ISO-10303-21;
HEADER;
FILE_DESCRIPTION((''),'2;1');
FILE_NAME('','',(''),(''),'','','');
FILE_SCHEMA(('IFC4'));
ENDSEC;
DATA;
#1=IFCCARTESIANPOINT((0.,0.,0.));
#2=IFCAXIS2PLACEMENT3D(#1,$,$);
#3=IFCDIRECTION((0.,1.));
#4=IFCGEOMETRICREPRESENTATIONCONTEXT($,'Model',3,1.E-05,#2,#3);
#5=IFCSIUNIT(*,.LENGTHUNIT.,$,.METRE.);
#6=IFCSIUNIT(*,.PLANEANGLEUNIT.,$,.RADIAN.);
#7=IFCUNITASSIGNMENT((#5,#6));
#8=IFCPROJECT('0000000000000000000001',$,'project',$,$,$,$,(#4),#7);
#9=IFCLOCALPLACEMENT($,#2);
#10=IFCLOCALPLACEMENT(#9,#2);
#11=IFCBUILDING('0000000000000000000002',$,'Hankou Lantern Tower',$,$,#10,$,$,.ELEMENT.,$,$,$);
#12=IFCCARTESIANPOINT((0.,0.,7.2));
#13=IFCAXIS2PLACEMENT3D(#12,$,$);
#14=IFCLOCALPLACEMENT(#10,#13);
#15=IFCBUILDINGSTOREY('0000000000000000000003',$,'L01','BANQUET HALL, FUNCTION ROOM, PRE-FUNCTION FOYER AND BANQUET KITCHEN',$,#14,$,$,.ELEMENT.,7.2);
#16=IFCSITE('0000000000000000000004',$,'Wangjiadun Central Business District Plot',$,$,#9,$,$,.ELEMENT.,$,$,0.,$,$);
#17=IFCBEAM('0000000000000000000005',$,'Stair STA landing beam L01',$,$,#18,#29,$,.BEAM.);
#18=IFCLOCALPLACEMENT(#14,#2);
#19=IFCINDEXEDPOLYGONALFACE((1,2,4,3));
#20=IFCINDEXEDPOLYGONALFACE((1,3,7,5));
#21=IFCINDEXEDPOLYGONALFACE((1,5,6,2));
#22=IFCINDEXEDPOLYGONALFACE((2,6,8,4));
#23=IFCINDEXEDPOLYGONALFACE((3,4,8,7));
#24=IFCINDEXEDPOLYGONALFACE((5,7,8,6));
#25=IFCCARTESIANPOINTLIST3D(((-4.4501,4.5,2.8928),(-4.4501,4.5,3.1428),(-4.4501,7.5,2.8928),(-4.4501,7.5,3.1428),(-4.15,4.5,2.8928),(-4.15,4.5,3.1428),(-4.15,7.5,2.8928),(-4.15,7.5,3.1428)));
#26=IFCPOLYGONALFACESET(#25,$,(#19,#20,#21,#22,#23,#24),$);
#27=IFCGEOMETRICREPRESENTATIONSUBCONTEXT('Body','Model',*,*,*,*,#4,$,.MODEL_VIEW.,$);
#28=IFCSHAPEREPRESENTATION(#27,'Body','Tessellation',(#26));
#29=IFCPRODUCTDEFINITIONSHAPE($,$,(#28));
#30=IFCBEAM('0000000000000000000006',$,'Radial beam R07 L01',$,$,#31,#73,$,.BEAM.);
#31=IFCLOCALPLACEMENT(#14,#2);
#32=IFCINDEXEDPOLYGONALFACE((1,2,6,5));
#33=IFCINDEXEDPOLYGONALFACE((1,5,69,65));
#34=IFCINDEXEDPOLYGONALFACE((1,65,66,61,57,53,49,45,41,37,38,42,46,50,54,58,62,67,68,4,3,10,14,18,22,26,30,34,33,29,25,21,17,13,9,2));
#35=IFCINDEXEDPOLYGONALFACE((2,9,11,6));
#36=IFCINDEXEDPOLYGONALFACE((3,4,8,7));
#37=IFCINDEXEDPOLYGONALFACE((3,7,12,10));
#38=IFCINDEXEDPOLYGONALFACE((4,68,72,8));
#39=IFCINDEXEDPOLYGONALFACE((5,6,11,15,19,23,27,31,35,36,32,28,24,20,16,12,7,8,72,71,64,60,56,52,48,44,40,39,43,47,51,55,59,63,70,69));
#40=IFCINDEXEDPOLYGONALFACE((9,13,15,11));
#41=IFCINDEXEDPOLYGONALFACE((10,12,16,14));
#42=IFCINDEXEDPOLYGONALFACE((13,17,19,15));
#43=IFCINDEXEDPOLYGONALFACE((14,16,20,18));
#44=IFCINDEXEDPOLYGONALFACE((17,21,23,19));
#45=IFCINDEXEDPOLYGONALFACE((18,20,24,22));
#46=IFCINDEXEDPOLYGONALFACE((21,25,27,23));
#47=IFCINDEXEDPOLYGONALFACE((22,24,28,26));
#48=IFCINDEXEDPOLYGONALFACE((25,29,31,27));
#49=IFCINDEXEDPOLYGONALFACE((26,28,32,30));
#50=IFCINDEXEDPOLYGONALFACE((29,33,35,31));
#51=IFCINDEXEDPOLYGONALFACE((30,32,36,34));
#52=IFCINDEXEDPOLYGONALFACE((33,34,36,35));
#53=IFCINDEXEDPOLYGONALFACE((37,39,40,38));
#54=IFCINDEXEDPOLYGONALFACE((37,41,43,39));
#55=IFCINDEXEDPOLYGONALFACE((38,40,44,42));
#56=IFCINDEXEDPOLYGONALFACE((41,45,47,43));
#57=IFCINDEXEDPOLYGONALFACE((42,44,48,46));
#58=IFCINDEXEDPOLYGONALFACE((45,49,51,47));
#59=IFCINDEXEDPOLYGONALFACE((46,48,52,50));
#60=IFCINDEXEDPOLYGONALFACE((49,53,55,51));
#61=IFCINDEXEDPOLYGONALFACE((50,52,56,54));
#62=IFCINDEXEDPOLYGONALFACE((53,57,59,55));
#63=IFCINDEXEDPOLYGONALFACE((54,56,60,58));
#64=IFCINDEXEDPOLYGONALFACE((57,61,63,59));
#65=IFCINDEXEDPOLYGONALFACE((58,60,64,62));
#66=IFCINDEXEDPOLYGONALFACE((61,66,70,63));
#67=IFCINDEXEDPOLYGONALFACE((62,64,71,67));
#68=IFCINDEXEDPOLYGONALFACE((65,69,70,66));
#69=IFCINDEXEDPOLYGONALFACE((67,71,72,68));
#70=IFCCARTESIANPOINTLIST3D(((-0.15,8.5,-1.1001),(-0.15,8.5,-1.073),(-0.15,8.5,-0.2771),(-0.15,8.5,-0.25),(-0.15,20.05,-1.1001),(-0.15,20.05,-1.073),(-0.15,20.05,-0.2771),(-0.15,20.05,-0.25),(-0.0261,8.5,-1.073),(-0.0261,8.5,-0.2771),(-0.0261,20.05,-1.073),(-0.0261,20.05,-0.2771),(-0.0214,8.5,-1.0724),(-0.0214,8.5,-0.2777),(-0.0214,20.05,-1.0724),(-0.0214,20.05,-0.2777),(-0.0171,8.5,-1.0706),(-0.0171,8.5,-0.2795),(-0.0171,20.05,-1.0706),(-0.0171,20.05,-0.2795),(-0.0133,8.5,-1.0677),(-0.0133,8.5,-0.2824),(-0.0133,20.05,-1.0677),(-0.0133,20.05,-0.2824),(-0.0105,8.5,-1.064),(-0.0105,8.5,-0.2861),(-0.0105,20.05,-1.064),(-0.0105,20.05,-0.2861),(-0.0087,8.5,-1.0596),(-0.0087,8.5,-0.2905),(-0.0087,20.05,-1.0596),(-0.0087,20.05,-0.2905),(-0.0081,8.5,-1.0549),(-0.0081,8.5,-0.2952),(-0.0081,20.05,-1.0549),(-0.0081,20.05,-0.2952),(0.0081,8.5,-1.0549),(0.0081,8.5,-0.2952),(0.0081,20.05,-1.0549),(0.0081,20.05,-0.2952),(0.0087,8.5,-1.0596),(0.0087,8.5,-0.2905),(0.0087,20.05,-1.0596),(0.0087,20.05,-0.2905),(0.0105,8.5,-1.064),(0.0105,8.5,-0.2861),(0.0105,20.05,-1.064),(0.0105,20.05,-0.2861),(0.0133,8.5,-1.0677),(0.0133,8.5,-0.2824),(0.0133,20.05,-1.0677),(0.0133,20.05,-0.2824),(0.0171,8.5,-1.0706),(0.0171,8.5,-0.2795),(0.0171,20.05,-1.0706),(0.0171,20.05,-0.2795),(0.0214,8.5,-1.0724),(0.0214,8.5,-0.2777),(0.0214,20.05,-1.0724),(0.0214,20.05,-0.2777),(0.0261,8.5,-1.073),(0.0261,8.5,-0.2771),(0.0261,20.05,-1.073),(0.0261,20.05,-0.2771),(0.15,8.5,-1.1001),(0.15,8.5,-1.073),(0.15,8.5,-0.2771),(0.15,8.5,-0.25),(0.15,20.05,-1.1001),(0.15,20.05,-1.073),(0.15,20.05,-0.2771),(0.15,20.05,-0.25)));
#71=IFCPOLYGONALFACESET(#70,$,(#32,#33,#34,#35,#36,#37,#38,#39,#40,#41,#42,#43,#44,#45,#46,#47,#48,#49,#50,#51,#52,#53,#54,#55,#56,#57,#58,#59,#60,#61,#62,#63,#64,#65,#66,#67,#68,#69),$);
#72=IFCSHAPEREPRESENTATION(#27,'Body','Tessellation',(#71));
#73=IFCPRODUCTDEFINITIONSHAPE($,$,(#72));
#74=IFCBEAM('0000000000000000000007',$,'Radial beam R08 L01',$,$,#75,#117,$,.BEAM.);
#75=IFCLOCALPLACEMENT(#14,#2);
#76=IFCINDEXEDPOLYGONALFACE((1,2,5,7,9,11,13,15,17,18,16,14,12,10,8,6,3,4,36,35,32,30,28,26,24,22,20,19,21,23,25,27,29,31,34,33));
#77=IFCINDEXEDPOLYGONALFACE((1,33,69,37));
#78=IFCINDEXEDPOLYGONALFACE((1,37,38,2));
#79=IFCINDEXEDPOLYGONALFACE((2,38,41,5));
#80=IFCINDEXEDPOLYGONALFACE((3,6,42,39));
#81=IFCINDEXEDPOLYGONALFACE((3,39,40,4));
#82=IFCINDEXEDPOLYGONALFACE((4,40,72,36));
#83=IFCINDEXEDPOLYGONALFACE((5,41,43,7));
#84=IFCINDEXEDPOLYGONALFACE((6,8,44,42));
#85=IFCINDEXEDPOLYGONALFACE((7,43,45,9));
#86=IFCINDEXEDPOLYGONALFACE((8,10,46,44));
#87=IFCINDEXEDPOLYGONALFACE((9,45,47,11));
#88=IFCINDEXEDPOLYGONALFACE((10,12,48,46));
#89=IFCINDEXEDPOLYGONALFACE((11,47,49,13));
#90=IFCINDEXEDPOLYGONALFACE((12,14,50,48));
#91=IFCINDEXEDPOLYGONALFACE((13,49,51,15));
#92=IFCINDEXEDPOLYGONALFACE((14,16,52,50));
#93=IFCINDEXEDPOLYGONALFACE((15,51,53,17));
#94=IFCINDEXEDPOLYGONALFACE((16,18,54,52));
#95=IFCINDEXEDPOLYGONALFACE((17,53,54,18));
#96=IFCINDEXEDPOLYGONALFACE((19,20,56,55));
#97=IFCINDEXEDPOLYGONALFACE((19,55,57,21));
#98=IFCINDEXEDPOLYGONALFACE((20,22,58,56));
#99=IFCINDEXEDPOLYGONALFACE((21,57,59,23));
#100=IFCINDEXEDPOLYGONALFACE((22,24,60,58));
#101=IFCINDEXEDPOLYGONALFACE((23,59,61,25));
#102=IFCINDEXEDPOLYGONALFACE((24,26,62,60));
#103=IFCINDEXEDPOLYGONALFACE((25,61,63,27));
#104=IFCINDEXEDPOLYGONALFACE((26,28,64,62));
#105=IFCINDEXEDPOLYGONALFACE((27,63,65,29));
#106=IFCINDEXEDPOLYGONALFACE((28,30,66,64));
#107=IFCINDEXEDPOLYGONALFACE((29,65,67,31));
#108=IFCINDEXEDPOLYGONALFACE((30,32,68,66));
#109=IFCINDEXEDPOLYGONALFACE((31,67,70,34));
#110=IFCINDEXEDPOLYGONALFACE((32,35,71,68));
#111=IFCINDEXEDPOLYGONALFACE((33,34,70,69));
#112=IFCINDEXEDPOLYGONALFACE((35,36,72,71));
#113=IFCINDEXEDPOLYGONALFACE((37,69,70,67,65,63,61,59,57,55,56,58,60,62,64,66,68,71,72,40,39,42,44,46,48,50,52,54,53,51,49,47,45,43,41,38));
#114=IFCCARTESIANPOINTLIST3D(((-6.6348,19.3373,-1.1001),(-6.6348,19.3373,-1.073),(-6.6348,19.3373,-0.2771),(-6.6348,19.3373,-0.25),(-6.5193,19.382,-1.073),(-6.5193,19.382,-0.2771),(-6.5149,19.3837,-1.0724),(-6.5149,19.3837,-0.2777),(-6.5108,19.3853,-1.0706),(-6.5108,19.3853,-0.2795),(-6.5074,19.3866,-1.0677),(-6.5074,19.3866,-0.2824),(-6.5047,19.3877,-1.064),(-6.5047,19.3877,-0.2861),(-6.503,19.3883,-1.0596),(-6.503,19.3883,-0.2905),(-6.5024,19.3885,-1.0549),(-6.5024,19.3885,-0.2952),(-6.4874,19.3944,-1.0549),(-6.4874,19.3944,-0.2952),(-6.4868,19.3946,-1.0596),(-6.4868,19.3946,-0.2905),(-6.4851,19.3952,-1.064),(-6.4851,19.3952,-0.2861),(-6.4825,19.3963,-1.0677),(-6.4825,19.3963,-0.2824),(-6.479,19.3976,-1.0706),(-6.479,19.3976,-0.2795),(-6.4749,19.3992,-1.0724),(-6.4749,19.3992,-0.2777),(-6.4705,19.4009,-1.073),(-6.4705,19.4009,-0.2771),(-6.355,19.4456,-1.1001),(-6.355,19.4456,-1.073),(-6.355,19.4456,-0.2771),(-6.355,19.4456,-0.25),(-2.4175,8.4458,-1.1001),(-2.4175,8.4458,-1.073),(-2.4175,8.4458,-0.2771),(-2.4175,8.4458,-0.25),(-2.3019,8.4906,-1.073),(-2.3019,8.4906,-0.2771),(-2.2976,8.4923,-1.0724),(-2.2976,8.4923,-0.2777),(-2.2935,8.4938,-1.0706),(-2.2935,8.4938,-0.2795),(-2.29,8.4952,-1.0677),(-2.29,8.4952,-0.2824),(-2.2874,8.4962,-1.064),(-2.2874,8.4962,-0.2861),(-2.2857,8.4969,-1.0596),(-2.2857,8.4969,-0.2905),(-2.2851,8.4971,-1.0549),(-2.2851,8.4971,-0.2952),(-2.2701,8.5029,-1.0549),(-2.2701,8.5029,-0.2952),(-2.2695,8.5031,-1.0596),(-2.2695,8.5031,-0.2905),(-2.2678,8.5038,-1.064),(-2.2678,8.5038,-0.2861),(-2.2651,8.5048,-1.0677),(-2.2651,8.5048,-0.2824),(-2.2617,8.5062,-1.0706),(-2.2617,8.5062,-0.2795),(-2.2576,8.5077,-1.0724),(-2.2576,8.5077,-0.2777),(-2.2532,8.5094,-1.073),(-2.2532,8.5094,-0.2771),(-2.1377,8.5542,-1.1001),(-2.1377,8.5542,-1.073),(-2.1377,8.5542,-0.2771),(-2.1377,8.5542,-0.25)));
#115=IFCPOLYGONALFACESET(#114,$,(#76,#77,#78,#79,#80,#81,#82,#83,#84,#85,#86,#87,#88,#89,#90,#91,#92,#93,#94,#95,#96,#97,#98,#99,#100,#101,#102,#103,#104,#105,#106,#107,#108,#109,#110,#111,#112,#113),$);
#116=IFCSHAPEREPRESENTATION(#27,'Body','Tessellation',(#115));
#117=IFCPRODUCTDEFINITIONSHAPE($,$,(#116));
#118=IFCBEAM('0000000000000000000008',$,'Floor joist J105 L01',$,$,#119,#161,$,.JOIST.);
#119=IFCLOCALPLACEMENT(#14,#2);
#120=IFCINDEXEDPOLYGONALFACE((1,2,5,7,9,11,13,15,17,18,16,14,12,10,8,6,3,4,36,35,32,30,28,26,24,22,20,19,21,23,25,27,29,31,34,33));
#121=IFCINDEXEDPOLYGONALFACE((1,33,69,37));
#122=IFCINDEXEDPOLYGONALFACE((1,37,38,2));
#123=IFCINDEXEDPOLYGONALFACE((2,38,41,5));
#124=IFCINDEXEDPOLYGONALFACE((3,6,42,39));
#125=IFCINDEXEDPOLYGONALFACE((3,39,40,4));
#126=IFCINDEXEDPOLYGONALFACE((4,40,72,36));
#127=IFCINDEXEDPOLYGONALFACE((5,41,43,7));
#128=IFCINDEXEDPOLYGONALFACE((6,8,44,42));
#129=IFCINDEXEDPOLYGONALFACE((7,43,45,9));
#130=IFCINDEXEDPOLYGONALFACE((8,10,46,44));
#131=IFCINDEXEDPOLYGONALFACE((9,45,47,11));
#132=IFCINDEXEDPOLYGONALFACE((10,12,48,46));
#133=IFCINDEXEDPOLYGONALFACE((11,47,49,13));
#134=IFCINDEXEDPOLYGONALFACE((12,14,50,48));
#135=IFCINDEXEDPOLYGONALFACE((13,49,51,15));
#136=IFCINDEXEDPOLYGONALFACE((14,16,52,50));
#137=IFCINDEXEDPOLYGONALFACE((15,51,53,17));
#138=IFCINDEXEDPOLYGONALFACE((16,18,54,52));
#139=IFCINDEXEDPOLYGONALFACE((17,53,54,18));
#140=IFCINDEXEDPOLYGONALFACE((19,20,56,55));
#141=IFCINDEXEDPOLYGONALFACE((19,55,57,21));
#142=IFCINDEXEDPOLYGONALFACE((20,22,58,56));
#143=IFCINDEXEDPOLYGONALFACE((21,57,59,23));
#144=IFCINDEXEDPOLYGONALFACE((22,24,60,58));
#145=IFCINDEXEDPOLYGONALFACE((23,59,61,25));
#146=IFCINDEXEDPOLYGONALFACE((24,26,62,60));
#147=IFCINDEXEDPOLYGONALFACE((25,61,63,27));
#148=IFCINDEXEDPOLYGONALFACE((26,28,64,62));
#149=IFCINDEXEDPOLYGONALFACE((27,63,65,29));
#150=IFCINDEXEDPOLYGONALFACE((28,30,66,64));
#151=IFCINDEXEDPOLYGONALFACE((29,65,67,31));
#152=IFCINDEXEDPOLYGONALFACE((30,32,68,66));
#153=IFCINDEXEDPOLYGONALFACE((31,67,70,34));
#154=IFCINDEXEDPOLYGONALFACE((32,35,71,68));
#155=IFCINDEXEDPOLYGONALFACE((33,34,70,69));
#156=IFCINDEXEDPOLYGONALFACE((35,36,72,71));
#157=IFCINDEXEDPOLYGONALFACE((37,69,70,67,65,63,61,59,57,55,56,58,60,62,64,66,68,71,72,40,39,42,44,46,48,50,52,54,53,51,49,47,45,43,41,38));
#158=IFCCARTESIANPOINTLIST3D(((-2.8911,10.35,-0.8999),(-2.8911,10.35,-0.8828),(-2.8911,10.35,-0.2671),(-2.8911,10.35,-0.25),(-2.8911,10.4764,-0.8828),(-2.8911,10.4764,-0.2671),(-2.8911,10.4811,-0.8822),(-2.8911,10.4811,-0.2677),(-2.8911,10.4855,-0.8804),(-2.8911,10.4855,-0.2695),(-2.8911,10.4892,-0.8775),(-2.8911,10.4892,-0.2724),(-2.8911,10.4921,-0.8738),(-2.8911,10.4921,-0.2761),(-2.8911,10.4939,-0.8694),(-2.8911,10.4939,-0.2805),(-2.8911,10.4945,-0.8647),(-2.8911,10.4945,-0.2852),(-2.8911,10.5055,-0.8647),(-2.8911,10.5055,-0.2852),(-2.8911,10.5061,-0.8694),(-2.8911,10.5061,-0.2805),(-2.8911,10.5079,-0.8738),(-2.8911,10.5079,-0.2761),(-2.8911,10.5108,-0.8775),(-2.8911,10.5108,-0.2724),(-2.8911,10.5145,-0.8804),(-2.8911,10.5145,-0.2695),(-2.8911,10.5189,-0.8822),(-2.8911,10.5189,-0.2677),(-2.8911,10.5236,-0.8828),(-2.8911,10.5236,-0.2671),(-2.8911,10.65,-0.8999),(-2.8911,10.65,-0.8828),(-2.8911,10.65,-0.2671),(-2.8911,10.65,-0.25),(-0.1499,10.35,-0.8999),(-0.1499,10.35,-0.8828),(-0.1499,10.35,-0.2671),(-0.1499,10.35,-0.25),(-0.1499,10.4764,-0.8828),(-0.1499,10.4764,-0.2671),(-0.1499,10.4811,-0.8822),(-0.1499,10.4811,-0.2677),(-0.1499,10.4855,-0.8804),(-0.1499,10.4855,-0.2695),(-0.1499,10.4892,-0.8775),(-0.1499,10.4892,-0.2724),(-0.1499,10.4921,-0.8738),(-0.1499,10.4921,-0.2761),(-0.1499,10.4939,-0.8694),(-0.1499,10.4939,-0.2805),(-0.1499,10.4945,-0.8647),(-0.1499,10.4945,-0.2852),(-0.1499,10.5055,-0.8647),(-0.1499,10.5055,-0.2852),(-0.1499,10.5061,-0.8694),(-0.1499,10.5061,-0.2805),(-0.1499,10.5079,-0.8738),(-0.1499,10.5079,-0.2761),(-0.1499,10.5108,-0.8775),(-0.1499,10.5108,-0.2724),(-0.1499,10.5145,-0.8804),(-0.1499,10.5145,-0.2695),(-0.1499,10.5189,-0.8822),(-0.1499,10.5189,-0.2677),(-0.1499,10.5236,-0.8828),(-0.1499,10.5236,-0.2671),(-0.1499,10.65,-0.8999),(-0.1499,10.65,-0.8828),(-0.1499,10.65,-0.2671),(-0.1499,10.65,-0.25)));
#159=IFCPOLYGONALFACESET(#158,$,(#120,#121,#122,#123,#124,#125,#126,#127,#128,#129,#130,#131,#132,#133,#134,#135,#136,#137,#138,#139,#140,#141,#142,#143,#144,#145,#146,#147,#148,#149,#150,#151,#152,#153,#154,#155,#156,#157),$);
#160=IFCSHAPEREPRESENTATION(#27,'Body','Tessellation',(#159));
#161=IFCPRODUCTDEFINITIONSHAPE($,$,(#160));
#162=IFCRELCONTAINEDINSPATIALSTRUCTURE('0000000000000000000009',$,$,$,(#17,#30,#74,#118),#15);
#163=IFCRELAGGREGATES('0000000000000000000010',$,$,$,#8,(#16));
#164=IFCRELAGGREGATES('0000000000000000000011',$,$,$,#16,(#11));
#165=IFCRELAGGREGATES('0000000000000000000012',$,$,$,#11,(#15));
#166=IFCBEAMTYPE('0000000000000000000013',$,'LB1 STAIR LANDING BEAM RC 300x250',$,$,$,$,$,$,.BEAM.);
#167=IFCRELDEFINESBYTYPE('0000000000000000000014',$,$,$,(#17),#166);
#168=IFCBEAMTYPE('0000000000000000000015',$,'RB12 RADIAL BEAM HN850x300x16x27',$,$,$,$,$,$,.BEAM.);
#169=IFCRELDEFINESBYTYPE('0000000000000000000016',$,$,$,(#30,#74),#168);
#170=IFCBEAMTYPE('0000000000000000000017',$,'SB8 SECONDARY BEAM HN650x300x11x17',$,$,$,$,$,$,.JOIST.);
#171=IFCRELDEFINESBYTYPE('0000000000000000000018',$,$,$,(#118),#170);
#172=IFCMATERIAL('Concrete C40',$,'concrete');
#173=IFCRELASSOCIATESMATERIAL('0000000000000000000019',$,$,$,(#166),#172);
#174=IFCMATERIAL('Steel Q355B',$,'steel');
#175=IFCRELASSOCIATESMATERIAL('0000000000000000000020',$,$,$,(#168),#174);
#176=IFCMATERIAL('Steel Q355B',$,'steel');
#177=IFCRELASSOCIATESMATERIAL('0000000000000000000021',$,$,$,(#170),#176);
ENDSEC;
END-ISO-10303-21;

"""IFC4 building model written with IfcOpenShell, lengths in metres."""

from ifc_helpers import new_model, si_unit, direction, frame, origin, origin_2d, place, context, subcontext, project, spatial, rectangle, i_section, extrude, material, material_profile, profile_set, type_object, element, save


model = new_model("IFC4")

# Units and contexts
model_context = context("Model", 3, precision=1e-05, world=origin(), true_north=direction((0.0, 1.0)))
body_context = subcontext(model_context, "Body", "Model", "MODEL_VIEW")
ifc_project = project(units=[si_unit("LENGTHUNIT", "METRE"), si_unit("PLANEANGLEUNIT", "RADIAN")], contexts=[model_context])

# Site, building, storey
site_placement = place(None, origin())
site = spatial("IfcSite", under=ifc_project, at=site_placement, Name="Wangjiadun Central Business District Plot", CompositionType="ELEMENT", RefElevation=0.0)
building_placement = place(site_placement, origin())
building = spatial("IfcBuilding", under=site, at=building_placement, Name="Hankou Lantern Tower", CompositionType="ELEMENT")
storey_placement = place(building_placement, frame((0.0, 0.0, 7.2)))
storey = spatial("IfcBuildingStorey", under=building, at=storey_placement, Name="L01", Description="BANQUET HALL, FUNCTION ROOM, PRE-FUNCTION FOYER AND BANQUET KITCHEN", CompositionType="ELEMENT", Elevation=7.2)

# Beams
ifc_material_1 = material(Name="Concrete C40", Category="concrete")
ifc_material_profile_1 = material_profile(ifc_material_1, rectangle(XDim=0.3, YDim=0.25, at=origin_2d()), Name="RC 300x250")
ifc_profile_set_1 = profile_set([ifc_material_profile_1], Name="Concrete C40")
beam_type_1 = type_object("IfcBeamType", Name="LB1 STAIR LANDING BEAM RC 300x250", PredefinedType="BEAM", material=ifc_profile_set_1)
beam_1_placement = place(storey_placement, frame((-4.3, 4.5, 3.0178), z_axis=(0.0, 1.0, 0.0), x_axis=(-1.0, 0.0, 0.0)))
element("IfcBeam", 1, at=beam_1_placement, inside=storey, type_object=beam_type_1, Name="Stair STA landing beam L01", PredefinedType="BEAM", context=body_context, shape_type="SweptSolid", body=[
    extrude(rectangle(XDim=0.3, YDim=0.25, at=origin_2d()), origin(), (0.0, 0.0, 1.0), 3.0),
])
ifc_material_2 = material(Name="Steel Q355B", Category="steel")
ifc_material_profile_2 = material_profile(ifc_material_2, i_section(OverallWidth=0.3, OverallDepth=0.8501, WebThickness=0.0161, FlangeThickness=0.0271, FilletRadius=0.0181, at=origin_2d()), Name="HN850x300x16x27")
ifc_profile_set_2 = profile_set([ifc_material_profile_2], Name="Steel Q355B")
beam_type_2 = type_object("IfcBeamType", Name="RB12 RADIAL BEAM HN850x300x16x27", PredefinedType="BEAM", material=ifc_profile_set_2)
beam_2_placement = place(storey_placement, frame((0.0, 8.5, -0.675), z_axis=(0.0, 1.0, 0.0), x_axis=(-1.0, 0.0, 0.0)))
element("IfcBeam", 2, at=beam_2_placement, inside=storey, type_object=beam_type_2, Name="Radial beam R07 L01", PredefinedType="BEAM", context=body_context, shape_type="SweptSolid", body=[
    extrude(i_section(OverallWidth=0.3, OverallDepth=0.8501, WebThickness=0.0161, FlangeThickness=0.0271, FilletRadius=0.0181, at=origin_2d()), origin(), (0.0, 0.0, 1.0), 11.55),
])
beam_3_placement = place(storey_placement, frame((-2.2776, 8.5, -0.675), z_axis=(-0.361089, 0.932531, 0.0), x_axis=(-0.932531, -0.361089, 0.0)))
element("IfcBeam", 3, at=beam_3_placement, inside=storey, type_object=beam_type_2, Name="Radial beam R08 L01", PredefinedType="BEAM", context=body_context, shape_type="SweptSolid", body=[
    extrude(i_section(OverallWidth=0.3, OverallDepth=0.8501, WebThickness=0.0161, FlangeThickness=0.0271, FilletRadius=0.0181, at=origin_2d()), origin(), (0.0, 0.0, 1.0), 11.6794),
])
ifc_material_3 = material(Name="Steel Q355B", Category="steel")
ifc_material_profile_3 = material_profile(ifc_material_3, i_section(OverallWidth=0.3, OverallDepth=0.6499, WebThickness=0.011, FlangeThickness=0.0171, FilletRadius=0.0181, at=origin_2d()), Name="HN650x300x11x17")
ifc_profile_set_3 = profile_set([ifc_material_profile_3], Name="Steel Q355B")
beam_type_3 = type_object("IfcBeamType", Name="SB8 SECONDARY BEAM HN650x300x11x17", PredefinedType="JOIST", material=ifc_profile_set_3)
beam_4_placement = place(storey_placement, frame((-2.8911, 10.5, -0.575), z_axis=(1.0, 0.0, 0.0), x_axis=(0.0, 1.0, 0.0)))
element("IfcBeam", 4, at=beam_4_placement, inside=storey, type_object=beam_type_3, Name="Floor joist J105 L01", PredefinedType="JOIST", context=body_context, shape_type="SweptSolid", body=[
    extrude(i_section(OverallWidth=0.3, OverallDepth=0.6499, WebThickness=0.011, FlangeThickness=0.0171, FilletRadius=0.0181, at=origin_2d()), origin(), (0.0, 0.0, 1.0), 2.7412),
])

save(model, "model.ifc")
